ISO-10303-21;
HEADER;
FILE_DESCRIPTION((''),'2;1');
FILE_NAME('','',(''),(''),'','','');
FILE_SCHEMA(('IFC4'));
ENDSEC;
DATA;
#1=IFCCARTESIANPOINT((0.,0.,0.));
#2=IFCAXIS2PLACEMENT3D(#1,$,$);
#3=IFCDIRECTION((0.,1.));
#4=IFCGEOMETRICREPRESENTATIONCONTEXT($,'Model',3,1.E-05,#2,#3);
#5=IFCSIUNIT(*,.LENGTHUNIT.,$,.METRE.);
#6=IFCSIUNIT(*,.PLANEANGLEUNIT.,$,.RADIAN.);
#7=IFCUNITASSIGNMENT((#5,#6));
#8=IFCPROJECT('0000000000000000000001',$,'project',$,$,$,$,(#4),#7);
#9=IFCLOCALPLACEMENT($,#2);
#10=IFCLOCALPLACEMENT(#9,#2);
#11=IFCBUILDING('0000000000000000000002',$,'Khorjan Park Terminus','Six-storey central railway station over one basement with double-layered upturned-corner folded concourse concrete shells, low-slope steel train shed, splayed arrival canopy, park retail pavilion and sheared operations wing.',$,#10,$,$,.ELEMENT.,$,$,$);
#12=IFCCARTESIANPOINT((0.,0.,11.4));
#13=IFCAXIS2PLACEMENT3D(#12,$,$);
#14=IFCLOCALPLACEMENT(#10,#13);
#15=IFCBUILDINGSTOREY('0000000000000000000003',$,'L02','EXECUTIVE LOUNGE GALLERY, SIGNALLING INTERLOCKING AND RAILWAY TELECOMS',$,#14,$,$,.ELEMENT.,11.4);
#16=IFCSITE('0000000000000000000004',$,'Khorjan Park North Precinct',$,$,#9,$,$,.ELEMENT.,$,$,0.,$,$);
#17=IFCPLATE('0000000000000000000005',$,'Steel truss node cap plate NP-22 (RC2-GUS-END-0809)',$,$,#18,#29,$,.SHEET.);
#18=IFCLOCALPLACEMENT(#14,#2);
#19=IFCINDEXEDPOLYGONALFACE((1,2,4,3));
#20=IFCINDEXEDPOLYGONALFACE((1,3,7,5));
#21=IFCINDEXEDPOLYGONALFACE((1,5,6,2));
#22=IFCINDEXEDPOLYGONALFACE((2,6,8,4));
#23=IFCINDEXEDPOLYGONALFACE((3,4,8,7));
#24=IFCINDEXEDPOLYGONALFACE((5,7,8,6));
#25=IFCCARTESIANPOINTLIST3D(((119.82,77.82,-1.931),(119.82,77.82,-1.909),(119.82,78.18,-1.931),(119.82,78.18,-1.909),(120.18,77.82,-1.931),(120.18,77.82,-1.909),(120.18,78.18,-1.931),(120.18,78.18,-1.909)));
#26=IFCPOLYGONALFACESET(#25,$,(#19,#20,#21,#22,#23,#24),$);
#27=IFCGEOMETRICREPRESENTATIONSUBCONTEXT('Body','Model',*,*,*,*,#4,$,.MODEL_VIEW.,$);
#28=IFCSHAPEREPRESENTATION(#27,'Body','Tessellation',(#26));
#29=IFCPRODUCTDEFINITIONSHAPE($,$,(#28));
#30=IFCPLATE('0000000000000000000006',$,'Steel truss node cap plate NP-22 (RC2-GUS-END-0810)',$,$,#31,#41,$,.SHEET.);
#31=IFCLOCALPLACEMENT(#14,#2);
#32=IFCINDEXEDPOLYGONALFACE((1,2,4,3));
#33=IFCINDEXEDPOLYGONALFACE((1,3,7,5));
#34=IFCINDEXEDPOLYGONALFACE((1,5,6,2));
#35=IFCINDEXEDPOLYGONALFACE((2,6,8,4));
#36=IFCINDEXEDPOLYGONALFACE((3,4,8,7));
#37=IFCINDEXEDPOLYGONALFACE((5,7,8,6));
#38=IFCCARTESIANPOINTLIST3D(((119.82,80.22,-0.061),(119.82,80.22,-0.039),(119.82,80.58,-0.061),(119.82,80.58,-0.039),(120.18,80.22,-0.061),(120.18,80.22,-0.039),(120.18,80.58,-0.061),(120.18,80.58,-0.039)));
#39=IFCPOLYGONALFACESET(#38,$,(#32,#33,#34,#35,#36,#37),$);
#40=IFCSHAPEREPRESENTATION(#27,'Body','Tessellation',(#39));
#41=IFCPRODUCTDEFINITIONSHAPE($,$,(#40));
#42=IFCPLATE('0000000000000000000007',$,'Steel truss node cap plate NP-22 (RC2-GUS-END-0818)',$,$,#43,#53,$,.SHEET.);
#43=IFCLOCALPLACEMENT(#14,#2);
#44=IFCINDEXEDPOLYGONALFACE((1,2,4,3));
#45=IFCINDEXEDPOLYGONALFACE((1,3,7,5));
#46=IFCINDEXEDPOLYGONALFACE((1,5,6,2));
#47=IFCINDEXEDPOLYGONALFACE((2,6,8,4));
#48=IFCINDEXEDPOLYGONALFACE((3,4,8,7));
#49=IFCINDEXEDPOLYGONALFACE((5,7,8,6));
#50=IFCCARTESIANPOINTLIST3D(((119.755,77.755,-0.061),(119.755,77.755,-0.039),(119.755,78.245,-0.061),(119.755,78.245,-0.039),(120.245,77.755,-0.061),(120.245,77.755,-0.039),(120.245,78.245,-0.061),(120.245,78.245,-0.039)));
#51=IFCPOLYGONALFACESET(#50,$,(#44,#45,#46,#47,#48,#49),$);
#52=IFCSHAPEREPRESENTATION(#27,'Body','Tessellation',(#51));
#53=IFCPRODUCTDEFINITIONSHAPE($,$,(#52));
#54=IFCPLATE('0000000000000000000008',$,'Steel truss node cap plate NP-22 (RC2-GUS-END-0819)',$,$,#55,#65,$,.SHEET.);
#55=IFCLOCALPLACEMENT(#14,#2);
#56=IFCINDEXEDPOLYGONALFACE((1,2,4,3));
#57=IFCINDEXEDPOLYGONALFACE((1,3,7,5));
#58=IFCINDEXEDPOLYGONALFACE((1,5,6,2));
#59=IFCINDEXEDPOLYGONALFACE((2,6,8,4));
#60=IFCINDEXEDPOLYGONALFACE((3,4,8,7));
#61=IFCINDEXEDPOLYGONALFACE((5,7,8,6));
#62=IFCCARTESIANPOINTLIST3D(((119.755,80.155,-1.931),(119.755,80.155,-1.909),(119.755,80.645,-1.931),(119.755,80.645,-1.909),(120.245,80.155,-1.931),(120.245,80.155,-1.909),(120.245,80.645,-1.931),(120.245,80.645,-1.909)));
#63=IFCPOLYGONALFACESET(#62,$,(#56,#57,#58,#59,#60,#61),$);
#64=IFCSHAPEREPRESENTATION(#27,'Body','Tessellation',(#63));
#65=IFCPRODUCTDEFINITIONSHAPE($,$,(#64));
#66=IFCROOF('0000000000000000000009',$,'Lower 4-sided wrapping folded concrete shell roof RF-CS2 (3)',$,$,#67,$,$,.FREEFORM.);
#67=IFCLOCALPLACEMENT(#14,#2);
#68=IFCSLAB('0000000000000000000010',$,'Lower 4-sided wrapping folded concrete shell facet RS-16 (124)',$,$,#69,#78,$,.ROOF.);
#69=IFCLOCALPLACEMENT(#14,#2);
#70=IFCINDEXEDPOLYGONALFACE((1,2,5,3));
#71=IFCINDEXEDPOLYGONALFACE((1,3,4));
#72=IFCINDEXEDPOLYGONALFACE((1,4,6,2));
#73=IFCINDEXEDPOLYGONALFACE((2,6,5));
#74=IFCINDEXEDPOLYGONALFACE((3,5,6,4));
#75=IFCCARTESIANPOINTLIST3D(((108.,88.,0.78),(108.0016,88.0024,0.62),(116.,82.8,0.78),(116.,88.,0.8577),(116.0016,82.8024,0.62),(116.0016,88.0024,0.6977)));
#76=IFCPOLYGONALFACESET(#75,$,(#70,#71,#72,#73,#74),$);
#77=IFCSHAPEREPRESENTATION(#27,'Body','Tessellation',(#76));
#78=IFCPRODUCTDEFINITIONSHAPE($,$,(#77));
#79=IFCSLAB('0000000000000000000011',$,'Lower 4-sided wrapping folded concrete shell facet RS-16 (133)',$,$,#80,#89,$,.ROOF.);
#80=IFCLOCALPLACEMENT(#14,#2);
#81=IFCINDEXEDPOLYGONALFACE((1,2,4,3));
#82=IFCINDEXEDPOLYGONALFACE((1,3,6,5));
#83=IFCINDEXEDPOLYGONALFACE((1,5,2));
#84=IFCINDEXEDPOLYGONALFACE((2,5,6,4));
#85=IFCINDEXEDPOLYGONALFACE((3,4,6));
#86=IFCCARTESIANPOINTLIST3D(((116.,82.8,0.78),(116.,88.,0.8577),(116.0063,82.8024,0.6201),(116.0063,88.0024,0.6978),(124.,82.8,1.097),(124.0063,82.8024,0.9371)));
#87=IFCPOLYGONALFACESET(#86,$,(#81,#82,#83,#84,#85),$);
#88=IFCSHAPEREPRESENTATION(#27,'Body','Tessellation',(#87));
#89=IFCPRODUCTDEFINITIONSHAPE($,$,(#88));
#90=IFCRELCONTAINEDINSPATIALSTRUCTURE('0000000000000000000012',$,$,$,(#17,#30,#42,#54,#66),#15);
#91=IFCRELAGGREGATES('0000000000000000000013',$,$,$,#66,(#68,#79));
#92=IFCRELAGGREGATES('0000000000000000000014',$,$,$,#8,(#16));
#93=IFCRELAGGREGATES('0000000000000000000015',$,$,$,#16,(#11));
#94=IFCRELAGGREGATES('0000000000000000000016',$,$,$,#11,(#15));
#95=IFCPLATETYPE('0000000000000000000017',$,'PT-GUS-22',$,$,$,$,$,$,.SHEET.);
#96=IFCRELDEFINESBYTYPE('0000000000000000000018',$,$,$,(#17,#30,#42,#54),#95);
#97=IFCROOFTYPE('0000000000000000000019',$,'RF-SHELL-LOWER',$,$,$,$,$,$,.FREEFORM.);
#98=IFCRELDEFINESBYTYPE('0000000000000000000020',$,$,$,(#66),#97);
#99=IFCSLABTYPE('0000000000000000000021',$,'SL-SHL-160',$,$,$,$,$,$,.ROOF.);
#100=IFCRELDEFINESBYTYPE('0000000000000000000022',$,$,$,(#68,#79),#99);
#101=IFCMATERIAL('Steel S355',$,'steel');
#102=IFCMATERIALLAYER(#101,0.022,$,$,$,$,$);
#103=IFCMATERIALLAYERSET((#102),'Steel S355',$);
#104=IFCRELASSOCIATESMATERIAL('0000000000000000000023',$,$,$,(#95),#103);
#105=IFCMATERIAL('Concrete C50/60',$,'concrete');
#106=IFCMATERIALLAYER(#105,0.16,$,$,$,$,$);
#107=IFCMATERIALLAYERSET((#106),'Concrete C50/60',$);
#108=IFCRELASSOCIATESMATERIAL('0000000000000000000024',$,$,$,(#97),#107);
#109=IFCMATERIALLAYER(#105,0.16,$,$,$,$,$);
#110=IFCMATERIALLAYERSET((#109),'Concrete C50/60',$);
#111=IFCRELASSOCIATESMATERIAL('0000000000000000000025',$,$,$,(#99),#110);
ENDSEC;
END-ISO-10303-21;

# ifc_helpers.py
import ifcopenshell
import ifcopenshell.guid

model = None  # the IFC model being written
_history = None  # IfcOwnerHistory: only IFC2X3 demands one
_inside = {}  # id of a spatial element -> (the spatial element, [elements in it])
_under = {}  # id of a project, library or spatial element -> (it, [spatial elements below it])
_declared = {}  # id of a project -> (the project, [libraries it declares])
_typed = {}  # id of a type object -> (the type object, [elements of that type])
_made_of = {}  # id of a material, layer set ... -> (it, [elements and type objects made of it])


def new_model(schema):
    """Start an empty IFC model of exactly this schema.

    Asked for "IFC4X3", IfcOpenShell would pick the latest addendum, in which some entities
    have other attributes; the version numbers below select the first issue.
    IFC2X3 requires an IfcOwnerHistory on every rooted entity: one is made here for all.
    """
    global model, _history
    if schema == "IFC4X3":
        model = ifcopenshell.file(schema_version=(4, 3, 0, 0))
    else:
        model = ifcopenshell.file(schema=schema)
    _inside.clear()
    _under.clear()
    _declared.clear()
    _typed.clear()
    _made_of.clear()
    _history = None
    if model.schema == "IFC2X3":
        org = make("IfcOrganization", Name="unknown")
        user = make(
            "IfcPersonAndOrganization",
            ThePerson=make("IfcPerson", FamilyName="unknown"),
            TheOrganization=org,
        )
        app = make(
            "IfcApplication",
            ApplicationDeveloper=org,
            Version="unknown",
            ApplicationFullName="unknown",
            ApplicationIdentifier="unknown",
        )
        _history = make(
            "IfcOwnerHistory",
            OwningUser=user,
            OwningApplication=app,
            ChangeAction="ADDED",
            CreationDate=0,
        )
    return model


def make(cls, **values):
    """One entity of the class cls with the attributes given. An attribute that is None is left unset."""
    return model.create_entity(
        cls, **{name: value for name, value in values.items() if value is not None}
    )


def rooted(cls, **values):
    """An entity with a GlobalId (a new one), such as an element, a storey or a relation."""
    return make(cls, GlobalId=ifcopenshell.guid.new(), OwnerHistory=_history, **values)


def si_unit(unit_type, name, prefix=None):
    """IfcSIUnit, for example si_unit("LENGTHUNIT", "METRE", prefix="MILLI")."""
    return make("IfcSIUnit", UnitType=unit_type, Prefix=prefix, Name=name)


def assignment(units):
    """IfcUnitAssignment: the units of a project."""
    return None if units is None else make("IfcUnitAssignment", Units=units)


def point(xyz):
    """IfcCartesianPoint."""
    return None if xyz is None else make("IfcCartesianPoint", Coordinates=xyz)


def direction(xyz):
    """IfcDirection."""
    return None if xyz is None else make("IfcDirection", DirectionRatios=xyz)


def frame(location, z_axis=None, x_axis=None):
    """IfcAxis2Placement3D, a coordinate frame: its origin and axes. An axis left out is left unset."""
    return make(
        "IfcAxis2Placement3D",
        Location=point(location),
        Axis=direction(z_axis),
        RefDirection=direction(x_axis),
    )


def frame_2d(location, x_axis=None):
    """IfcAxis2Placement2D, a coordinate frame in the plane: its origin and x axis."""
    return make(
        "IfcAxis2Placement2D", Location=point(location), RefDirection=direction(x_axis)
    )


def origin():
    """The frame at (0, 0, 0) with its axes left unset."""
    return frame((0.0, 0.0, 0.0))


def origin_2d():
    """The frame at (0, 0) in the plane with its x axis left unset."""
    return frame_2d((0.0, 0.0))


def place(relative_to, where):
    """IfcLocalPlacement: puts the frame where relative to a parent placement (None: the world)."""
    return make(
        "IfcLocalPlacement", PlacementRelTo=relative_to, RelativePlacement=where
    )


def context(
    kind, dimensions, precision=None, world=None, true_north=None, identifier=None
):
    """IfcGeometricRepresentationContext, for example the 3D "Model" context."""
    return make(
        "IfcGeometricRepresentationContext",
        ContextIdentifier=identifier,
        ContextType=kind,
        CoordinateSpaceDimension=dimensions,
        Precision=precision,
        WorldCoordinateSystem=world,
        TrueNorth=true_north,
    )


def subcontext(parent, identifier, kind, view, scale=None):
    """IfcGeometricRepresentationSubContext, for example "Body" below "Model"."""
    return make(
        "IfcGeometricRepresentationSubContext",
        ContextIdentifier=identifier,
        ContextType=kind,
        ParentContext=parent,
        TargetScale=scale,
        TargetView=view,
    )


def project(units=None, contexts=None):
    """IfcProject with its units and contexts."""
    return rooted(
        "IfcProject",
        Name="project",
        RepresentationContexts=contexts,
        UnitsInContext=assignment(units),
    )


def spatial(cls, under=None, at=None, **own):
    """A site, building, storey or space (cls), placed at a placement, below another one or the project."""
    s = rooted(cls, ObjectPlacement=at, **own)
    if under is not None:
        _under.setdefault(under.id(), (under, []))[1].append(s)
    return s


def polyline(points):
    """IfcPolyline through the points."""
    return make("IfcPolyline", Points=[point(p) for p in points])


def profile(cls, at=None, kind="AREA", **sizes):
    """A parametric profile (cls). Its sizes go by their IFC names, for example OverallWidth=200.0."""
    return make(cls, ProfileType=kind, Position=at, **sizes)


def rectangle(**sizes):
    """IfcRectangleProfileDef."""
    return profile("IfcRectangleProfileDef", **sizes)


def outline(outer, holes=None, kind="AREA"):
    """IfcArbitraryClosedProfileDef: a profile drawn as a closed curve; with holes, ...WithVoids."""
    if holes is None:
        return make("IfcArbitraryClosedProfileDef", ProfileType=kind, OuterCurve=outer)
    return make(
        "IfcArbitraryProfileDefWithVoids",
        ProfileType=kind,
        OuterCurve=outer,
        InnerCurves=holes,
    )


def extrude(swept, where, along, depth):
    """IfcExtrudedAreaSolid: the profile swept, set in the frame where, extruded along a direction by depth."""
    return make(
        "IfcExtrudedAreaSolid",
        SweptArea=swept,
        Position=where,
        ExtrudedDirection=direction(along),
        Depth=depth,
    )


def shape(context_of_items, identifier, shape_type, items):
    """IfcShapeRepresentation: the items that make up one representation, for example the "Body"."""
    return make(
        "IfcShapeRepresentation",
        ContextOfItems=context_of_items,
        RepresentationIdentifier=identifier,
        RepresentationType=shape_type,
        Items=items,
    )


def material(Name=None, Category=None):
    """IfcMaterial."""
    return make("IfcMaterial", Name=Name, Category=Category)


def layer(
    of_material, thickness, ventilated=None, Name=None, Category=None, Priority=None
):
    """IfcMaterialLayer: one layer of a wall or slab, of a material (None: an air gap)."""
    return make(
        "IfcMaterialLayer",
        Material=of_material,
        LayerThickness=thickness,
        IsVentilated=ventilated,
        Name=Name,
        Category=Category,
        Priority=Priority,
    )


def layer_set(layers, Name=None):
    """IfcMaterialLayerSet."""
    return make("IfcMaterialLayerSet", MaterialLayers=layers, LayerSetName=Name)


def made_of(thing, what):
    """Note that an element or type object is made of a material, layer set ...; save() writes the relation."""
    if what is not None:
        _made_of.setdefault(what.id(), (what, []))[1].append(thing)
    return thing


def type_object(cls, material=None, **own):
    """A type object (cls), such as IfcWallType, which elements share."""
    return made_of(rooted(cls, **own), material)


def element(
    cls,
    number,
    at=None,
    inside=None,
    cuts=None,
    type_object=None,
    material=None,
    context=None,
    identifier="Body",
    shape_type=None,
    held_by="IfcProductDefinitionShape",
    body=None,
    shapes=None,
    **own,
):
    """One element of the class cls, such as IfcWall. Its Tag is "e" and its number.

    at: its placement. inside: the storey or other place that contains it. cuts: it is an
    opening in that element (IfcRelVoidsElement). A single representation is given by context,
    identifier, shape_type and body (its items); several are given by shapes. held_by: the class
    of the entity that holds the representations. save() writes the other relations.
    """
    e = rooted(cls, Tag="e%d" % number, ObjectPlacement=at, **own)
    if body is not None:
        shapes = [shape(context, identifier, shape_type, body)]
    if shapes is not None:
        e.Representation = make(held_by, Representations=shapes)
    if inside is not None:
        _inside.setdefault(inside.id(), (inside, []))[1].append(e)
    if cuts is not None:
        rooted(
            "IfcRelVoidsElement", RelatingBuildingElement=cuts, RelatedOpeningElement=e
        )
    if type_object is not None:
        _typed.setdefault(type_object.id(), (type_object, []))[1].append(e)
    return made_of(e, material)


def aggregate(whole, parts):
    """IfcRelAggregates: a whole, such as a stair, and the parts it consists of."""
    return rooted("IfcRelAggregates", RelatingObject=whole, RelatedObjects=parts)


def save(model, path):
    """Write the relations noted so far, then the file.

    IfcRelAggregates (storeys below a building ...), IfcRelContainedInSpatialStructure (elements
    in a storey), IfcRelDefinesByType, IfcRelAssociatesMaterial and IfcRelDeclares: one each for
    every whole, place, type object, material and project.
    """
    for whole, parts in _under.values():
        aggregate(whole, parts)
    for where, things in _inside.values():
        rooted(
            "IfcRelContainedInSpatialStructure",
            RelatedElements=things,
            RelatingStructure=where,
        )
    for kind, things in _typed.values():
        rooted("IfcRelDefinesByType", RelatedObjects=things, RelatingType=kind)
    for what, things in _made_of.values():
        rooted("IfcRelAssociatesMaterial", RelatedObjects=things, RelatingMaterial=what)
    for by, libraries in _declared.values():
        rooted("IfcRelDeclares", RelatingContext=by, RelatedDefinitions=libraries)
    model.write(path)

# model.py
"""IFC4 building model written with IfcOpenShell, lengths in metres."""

from ifc_helpers import new_model, si_unit, direction, frame, origin, origin_2d, place, context, subcontext, project, spatial, polyline, rectangle, outline, extrude, material, layer, layer_set, type_object, element, aggregate, save


model = new_model("IFC4")

# Units and contexts
model_context = context("Model", 3, precision=1e-05, world=origin(), true_north=direction((0.0, 1.0)))
body_context = subcontext(model_context, "Body", "Model", "MODEL_VIEW")
ifc_project = project(units=[si_unit("LENGTHUNIT", "METRE"), si_unit("PLANEANGLEUNIT", "RADIAN")], contexts=[model_context])

# Site, building, storey
site_placement = place(None, origin())
site = spatial("IfcSite", under=ifc_project, at=site_placement, Name="Khorjan Park North Precinct", CompositionType="ELEMENT", RefElevation=0.0)
building_placement = place(site_placement, origin())
building = spatial("IfcBuilding", under=site, at=building_placement, Name="Khorjan Park Terminus", Description="Six-storey central railway station over one basement with double-layered upturned-corner folded concourse concrete shells, low-slope steel train shed, splayed arrival canopy, park retail pavilion and sheared operations wing.", CompositionType="ELEMENT")
storey_placement = place(building_placement, frame((0.0, 0.0, 11.4)))
storey = spatial("IfcBuildingStorey", under=building, at=storey_placement, Name="L02", Description="EXECUTIVE LOUNGE GALLERY, SIGNALLING INTERLOCKING AND RAILWAY TELECOMS", CompositionType="ELEMENT", Elevation=11.4)

# Shared definitions
ifc_material_1 = material(Name="Steel S355", Category="steel")

# Plates
ifc_layer_1 = layer(ifc_material_1, 0.022)
ifc_layer_set_1 = layer_set([ifc_layer_1], Name="Steel S355")
plate_type = type_object("IfcPlateType", Name="PT-GUS-22", PredefinedType="SHEET", material=ifc_layer_set_1)
for number, where, z_axis, x_axis, name in (
    (1, (120.0, 78.0, -1.931), (0.0, 0.0, 1.0), (1.0, 0.0, 0.0), "Steel truss node cap plate NP-22 (RC2-GUS-END-0809)"),
    (2, (120.0, 80.4, -0.061), (0.0, 0.0, 1.0), (1.0, 0.0, 0.0), "Steel truss node cap plate NP-22 (RC2-GUS-END-0810)"),
):
    element("IfcPlate", number, at=place(storey_placement, frame(where, z_axis=z_axis, x_axis=x_axis)), inside=storey, type_object=plate_type, Name=name, PredefinedType="SHEET", context=body_context, shape_type="SweptSolid", body=[
        extrude(rectangle(XDim=0.36, YDim=0.36, at=origin_2d()), origin(), (0.0, 0.0, 1.0), 0.022),
    ])
for number, where, z_axis, x_axis, name in (
    (3, (120.0, 78.0, -0.061), (0.0, 0.0, 1.0), (1.0, 0.0, 0.0), "Steel truss node cap plate NP-22 (RC2-GUS-END-0818)"),
    (4, (120.0, 80.4, -1.931), (0.0, 0.0, 1.0), (1.0, 0.0, 0.0), "Steel truss node cap plate NP-22 (RC2-GUS-END-0819)"),
):
    element("IfcPlate", number, at=place(storey_placement, frame(where, z_axis=z_axis, x_axis=x_axis)), inside=storey, type_object=plate_type, Name=name, PredefinedType="SHEET", context=body_context, shape_type="SweptSolid", body=[
        extrude(rectangle(XDim=0.49, YDim=0.49, at=origin_2d()), origin(), (0.0, 0.0, 1.0), 0.022),
    ])

# Roof, slabs
ifc_material_2 = material(Name="Concrete C50/60", Category="concrete")
ifc_layer_2 = layer(ifc_material_2, 0.16)
ifc_layer_set_2 = layer_set([ifc_layer_2], Name="Concrete C50/60")
roof_type = type_object("IfcRoofType", Name="RF-SHELL-LOWER", PredefinedType="FREEFORM", material=ifc_layer_set_2)
roof_placement = place(storey_placement, origin())
roof = element("IfcRoof", 5, at=roof_placement, inside=storey, type_object=roof_type, Name="Lower 4-sided wrapping folded concrete shell roof RF-CS2 (3)", PredefinedType="FREEFORM")
ifc_layer_3 = layer(ifc_material_2, 0.16)
ifc_layer_set_3 = layer_set([ifc_layer_3], Name="Concrete C50/60")
slab_type = type_object("IfcSlabType", Name="SL-SHL-160", PredefinedType="ROOF", material=ifc_layer_set_3)
slab_1_placement = place(storey_placement, frame((116.0, 82.8, 0.78), z_axis=(-0.009711, -0.01494, 0.999841), x_axis=(0.0, 0.999888, 0.014941)))
slab_1 = element("IfcSlab", 6, at=slab_1_placement, type_object=slab_type, Name="Lower 4-sided wrapping folded concrete shell facet RS-16 (124)", PredefinedType="ROOF", context=body_context, shape_type="SweptSolid", body=[
    extrude(outline(polyline([(0.0, 0.0), (5.2006, 0.0), (5.1994, 8.0004), (0.0, 0.0)])), origin(), (0.0, 0.0, -1.0), 0.16),
])
slab_2_placement = place(storey_placement, frame((116.0, 82.8, 0.78), z_axis=(-0.03959, -0.014929, 0.999104), x_axis=(0.999216, 0.0, 0.039594)))
slab_2 = element("IfcSlab", 7, at=slab_2_placement, type_object=slab_type, Name="Lower 4-sided wrapping folded concrete shell facet RS-16 (133)", PredefinedType="ROOF", context=body_context, shape_type="SweptSolid", body=[
    extrude(outline(polyline([(0.0, 0.0), (8.0063, 0.0), (0.0031, 5.2006), (0.0, 0.0)])), origin(), (0.0, 0.0, -1.0), 0.16),
])
aggregate(roof, [slab_1, slab_2])

save(model, "model.ifc")
